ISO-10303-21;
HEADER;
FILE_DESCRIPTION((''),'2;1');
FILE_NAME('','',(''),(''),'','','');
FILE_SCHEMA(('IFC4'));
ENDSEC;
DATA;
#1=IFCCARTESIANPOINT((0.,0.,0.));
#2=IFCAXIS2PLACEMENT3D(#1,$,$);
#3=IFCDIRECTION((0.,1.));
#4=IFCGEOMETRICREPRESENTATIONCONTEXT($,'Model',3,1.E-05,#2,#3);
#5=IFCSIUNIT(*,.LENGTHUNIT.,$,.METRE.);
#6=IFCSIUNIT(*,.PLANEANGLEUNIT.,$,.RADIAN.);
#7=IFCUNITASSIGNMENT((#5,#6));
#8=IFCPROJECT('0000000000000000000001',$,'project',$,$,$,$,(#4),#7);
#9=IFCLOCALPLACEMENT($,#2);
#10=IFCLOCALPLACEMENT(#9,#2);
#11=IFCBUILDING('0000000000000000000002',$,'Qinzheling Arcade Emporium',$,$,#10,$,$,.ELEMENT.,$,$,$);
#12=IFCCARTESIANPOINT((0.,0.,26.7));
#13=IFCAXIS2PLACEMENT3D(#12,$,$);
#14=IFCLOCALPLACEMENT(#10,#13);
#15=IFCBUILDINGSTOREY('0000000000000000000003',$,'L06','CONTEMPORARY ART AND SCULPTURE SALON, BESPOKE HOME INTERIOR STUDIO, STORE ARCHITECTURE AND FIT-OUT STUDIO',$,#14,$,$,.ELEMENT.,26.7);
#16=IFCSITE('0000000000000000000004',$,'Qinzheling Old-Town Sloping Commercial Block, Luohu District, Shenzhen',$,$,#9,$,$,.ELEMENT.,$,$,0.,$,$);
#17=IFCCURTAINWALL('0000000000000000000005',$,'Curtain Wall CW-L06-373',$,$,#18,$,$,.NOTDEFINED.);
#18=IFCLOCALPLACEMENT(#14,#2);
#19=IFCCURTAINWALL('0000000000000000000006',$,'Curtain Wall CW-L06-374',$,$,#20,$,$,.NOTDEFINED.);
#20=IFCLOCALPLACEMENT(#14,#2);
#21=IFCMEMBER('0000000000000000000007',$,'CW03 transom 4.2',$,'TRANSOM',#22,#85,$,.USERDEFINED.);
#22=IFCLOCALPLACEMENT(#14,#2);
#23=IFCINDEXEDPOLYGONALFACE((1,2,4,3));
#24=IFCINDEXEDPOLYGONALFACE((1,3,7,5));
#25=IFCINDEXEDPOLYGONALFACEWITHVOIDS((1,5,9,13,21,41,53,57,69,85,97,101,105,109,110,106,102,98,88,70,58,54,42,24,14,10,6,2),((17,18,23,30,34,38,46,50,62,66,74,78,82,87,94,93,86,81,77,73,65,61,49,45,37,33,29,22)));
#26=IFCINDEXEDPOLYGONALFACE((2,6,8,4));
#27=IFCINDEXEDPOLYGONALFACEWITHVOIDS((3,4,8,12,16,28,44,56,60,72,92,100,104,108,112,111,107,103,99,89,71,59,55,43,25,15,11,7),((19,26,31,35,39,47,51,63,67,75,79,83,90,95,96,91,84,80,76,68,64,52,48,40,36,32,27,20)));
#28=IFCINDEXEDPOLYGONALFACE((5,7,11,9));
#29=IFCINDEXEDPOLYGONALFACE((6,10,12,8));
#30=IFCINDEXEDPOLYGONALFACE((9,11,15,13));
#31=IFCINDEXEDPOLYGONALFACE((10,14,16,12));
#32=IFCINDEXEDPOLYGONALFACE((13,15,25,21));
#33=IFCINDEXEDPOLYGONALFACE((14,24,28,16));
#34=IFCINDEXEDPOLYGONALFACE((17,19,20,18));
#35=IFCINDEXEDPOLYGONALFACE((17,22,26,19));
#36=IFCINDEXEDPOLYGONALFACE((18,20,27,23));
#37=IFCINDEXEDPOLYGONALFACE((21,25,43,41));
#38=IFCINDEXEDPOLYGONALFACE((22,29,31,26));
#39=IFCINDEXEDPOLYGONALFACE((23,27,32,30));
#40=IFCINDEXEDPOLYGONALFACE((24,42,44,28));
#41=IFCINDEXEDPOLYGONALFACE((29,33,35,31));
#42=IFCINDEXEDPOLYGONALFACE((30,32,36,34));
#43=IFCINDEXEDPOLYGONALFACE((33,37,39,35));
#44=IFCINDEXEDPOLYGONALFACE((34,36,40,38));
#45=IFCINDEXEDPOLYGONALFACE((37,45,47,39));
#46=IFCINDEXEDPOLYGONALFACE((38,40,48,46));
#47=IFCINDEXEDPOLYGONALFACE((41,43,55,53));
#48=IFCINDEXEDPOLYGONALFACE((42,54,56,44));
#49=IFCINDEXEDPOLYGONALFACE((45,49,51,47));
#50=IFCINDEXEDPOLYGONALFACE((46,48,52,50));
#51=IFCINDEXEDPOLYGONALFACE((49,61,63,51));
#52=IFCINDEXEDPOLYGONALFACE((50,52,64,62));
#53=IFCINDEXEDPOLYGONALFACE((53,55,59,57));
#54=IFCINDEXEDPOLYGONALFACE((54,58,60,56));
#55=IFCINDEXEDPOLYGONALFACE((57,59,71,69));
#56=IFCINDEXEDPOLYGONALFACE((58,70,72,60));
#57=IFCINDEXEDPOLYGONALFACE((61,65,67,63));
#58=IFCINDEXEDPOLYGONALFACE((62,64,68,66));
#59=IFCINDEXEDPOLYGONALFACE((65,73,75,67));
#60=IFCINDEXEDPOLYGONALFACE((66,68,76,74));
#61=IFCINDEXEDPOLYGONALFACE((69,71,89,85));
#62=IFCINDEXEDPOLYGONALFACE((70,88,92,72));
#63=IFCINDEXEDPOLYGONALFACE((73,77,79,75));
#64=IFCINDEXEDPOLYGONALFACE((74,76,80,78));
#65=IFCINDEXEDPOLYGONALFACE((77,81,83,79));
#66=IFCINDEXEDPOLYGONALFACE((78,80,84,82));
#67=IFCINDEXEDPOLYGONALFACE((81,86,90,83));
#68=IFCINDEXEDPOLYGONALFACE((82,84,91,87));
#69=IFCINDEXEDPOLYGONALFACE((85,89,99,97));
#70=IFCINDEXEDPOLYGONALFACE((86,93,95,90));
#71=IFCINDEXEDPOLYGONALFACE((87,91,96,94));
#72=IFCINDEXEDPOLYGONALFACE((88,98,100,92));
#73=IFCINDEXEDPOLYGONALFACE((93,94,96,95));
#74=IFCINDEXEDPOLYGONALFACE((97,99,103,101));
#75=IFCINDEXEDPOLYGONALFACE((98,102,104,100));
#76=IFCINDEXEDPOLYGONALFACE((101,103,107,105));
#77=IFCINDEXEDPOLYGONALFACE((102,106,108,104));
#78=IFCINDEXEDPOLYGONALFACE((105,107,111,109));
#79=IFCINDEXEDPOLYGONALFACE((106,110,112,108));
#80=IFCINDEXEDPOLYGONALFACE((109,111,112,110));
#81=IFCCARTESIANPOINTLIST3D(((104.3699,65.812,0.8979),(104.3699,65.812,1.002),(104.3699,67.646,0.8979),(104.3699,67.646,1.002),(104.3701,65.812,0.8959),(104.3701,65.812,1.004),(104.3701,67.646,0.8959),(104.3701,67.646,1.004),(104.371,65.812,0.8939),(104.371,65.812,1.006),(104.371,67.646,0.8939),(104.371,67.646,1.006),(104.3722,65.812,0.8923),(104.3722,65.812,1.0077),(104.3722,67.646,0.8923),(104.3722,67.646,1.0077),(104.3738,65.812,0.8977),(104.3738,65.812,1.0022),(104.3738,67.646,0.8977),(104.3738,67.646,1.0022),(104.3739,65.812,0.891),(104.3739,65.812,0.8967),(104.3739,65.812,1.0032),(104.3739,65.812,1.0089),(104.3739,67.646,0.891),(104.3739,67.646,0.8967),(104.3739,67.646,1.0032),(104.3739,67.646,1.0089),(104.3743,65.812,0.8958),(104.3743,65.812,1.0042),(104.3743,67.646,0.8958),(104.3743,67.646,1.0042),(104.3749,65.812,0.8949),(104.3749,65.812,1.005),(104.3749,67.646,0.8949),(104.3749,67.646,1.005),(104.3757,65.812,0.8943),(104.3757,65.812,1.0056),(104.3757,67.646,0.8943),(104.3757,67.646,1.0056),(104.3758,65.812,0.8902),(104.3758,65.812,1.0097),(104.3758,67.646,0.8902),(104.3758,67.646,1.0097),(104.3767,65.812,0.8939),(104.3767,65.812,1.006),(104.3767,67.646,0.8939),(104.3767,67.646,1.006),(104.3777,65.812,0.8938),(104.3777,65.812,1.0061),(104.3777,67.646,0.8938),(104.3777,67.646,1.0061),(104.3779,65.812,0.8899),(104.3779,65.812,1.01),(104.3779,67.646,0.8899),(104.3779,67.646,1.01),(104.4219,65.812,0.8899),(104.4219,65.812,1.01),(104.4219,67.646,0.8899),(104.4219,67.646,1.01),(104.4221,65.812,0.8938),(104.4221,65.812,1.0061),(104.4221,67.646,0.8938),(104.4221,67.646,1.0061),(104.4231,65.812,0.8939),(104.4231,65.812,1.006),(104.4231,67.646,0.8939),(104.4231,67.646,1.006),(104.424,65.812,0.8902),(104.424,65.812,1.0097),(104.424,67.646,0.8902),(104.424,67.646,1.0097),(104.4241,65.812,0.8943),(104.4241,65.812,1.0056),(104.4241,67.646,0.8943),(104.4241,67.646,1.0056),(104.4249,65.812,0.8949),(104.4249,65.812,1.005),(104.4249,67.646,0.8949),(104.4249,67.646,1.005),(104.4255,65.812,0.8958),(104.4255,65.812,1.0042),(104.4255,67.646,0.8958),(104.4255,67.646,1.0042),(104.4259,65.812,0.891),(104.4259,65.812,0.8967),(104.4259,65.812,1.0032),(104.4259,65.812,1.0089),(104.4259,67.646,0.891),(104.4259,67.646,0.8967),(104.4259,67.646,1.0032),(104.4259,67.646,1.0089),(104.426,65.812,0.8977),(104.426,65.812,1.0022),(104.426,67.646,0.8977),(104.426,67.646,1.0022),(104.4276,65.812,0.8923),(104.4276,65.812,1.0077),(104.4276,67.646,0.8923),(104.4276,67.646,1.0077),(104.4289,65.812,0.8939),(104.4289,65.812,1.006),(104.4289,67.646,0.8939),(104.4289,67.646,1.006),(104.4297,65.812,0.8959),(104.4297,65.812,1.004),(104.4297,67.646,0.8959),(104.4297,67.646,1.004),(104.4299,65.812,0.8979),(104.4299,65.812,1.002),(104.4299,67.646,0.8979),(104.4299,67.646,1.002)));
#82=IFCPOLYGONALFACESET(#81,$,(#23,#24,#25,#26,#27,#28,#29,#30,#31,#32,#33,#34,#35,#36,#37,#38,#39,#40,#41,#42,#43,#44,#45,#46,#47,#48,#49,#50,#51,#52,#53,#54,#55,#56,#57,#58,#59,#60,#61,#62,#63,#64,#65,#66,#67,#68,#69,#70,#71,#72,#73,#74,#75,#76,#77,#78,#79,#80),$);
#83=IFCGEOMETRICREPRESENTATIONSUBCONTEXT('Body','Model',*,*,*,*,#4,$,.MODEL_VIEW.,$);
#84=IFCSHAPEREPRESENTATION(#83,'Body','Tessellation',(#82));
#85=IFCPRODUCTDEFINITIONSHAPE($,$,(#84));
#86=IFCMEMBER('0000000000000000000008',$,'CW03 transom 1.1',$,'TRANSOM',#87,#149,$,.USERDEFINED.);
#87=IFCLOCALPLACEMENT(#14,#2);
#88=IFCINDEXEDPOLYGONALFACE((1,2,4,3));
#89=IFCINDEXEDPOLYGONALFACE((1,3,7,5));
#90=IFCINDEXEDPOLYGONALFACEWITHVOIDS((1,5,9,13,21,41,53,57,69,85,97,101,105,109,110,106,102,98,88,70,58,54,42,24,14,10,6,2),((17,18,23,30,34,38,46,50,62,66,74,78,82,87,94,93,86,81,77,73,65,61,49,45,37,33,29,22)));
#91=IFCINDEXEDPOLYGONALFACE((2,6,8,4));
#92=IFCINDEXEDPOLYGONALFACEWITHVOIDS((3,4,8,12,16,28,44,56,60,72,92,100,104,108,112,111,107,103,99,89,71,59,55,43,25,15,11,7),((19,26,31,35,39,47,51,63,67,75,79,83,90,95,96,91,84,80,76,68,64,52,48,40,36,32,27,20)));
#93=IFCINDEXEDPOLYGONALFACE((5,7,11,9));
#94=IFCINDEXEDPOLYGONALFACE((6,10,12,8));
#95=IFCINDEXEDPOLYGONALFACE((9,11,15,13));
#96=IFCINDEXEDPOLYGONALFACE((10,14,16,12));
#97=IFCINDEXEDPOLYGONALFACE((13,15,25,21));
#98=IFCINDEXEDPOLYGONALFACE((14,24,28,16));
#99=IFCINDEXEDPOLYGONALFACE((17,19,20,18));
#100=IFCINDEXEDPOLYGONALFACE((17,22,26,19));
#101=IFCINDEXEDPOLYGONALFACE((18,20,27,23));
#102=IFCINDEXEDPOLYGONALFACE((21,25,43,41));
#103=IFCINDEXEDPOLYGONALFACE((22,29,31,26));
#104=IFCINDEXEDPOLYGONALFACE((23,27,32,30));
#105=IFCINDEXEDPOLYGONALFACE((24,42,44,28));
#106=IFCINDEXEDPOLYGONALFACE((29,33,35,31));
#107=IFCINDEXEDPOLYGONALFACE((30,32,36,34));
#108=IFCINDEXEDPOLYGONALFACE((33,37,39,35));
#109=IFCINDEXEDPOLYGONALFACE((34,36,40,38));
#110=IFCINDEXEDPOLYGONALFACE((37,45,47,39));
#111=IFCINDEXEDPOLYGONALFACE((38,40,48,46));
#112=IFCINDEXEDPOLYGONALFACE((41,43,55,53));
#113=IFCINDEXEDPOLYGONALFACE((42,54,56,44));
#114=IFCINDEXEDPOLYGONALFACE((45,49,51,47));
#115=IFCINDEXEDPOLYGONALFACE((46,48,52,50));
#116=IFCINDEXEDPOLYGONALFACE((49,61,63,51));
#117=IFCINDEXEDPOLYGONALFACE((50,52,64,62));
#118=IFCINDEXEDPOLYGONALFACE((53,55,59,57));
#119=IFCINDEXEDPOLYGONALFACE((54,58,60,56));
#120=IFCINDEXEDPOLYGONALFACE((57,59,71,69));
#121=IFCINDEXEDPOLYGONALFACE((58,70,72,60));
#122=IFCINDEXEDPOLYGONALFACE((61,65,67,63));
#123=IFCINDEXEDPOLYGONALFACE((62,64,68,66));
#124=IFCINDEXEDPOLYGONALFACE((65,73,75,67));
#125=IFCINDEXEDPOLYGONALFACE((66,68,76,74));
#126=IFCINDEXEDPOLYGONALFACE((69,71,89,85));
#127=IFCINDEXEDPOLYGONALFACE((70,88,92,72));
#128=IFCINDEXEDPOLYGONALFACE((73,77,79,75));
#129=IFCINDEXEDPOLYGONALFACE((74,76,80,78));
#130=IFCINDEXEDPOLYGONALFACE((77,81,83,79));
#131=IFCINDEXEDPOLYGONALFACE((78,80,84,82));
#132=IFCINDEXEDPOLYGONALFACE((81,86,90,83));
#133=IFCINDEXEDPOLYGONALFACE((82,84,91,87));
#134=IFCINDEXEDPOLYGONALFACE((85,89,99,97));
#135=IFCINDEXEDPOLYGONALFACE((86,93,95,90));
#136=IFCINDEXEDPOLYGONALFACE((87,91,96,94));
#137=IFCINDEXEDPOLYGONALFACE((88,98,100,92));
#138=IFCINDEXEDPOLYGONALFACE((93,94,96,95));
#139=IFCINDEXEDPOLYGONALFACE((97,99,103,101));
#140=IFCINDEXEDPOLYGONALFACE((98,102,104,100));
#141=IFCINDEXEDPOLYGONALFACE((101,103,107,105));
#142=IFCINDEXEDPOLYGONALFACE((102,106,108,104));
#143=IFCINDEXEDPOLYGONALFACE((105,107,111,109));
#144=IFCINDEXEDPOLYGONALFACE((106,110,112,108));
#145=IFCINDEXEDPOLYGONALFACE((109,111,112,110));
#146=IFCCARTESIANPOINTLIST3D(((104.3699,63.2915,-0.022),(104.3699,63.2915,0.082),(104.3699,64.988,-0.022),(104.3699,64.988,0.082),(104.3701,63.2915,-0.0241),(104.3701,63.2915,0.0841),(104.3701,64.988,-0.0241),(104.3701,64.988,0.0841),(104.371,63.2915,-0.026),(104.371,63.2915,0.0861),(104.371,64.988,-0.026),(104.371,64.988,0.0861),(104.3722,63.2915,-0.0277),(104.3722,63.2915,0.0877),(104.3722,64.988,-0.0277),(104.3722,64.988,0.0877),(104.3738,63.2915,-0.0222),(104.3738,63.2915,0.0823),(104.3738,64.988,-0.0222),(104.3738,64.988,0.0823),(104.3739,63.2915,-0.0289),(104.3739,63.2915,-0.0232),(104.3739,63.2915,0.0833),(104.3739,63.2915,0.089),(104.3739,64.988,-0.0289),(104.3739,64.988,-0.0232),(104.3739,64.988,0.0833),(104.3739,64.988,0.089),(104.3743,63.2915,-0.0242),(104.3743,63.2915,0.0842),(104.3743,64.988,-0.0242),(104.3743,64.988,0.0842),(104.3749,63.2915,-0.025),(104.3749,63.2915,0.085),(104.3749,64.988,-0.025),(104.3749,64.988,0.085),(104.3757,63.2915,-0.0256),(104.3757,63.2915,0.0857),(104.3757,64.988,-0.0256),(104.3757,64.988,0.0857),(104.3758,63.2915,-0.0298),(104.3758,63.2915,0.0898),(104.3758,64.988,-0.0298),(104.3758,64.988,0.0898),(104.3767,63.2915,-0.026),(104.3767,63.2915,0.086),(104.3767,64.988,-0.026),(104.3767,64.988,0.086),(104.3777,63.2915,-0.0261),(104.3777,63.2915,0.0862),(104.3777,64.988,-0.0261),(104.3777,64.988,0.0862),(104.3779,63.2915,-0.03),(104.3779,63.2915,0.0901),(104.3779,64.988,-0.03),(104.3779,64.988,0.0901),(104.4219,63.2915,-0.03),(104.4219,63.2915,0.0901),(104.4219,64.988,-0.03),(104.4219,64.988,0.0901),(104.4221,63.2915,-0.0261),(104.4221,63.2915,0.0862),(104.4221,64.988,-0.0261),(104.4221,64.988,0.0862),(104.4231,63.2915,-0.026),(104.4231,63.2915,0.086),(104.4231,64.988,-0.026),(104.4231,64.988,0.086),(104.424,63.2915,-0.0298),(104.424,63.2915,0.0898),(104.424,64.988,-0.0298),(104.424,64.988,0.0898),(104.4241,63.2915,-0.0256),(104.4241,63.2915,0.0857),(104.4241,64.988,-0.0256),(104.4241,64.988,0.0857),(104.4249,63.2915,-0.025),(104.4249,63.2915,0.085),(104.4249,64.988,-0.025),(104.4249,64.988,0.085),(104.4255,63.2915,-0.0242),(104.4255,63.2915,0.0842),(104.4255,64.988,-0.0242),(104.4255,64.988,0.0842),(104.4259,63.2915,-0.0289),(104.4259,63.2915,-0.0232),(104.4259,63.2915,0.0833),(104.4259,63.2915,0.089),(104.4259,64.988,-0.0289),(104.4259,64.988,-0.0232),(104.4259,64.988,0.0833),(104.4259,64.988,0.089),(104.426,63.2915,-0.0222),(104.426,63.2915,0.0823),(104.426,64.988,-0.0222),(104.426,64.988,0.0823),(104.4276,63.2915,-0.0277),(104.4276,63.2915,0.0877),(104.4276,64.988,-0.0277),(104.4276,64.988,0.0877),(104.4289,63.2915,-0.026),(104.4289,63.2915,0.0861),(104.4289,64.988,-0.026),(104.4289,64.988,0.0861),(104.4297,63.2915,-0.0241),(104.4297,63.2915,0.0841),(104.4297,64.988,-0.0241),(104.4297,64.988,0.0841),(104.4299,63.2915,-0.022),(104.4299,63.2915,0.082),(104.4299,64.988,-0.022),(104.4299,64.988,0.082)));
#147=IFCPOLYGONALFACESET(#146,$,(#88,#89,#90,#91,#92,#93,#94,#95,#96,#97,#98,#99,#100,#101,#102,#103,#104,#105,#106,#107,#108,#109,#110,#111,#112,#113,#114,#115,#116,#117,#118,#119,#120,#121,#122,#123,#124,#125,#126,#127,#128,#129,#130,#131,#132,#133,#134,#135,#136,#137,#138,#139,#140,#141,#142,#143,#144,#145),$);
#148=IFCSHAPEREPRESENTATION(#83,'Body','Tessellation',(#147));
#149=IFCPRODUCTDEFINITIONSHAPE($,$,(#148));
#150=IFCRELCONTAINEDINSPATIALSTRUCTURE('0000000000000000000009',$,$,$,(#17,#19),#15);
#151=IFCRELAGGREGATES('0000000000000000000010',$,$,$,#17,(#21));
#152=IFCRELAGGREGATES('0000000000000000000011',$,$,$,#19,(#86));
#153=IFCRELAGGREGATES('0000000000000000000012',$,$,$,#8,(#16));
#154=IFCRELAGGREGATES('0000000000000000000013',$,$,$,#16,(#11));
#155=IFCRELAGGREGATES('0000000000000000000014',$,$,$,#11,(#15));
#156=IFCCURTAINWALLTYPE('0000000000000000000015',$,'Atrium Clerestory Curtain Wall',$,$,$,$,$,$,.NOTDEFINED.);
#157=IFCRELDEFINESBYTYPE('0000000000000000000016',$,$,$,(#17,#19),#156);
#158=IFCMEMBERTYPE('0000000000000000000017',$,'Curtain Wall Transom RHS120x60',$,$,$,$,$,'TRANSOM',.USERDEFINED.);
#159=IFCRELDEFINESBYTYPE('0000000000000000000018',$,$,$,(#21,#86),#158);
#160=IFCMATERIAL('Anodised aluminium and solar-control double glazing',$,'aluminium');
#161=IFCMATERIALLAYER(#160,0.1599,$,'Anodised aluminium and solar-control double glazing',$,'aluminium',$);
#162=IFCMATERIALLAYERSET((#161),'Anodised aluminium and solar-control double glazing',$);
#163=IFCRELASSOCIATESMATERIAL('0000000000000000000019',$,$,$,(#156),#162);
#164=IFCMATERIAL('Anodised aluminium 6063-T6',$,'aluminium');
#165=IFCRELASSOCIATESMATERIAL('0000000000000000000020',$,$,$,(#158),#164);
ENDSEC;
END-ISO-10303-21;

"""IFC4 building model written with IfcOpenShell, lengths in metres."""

from ifc_helpers import new_model, si_unit, direction, frame, origin, origin_2d, place, context, subcontext, project, spatial, hollow_rectangle, extrude, material, layer, layer_set, material_profile, profile_set, type_object, element, aggregate, save


model = new_model("IFC4")

# Units and contexts
model_context = context("Model", 3, precision=1e-05, world=origin(), true_north=direction((0.0, 1.0)))
body_context = subcontext(model_context, "Body", "Model", "MODEL_VIEW")
ifc_project = project(units=[si_unit("LENGTHUNIT", "METRE"), si_unit("PLANEANGLEUNIT", "RADIAN")], contexts=[model_context])

# Site, building, storey
site_placement = place(None, origin())
site = spatial("IfcSite", under=ifc_project, at=site_placement, Name="Qinzheling Old-Town Sloping Commercial Block, Luohu District, Shenzhen", CompositionType="ELEMENT", RefElevation=0.0)
building_placement = place(site_placement, origin())
building = spatial("IfcBuilding", under=site, at=building_placement, Name="Qinzheling Arcade Emporium", CompositionType="ELEMENT")
storey_placement = place(building_placement, frame((0.0, 0.0, 26.7)))
storey = spatial("IfcBuildingStorey", under=building, at=storey_placement, Name="L06", Description="CONTEMPORARY ART AND SCULPTURE SALON, BESPOKE HOME INTERIOR STUDIO, STORE ARCHITECTURE AND FIT-OUT STUDIO", CompositionType="ELEMENT", Elevation=26.7)

# Curtain wall
ifc_material_1 = material(Name="Anodised aluminium and solar-control double glazing", Category="aluminium")
ifc_layer_1 = layer(ifc_material_1, 0.1599, Name="Anodised aluminium and solar-control double glazing", Category="aluminium")
ifc_layer_set_1 = layer_set([ifc_layer_1], Name="Anodised aluminium and solar-control double glazing")
curtain_wall_type = type_object("IfcCurtainWallType", Name="Atrium Clerestory Curtain Wall", PredefinedType="NOTDEFINED", material=ifc_layer_set_1)
curtain_wall_1_placement = place(storey_placement, origin())
curtain_wall_1 = element("IfcCurtainWall", 1, at=curtain_wall_1_placement, inside=storey, type_object=curtain_wall_type, Name="Curtain Wall CW-L06-373", PredefinedType="NOTDEFINED")
ifc_material_2 = material(Name="Anodised aluminium 6063-T6", Category="aluminium")

# Curtain wall
curtain_wall_2_placement = place(storey_placement, origin())
curtain_wall_2 = element("IfcCurtainWall", 2, at=curtain_wall_2_placement, inside=storey, type_object=curtain_wall_type, Name="Curtain Wall CW-L06-374", PredefinedType="NOTDEFINED")

# Members
ifc_material_profile_1 = material_profile(ifc_material_2, hollow_rectangle(XDim=0.0601, YDim=0.1201, WallThickness=0.0039, InnerFilletRadius=0.0039, OuterFilletRadius=0.0081, at=origin_2d()), Name="RHS 120x60x4", Category="aluminium")
ifc_profile_set_1 = profile_set([ifc_material_profile_1], Name="Anodised aluminium 6063-T6")
member_type_1 = type_object("IfcMemberType", Name="Curtain Wall Transom RHS120x60", ElementType="TRANSOM", PredefinedType="USERDEFINED", material=ifc_profile_set_1)
member_1_placement = place(storey_placement, frame((104.3999, 67.646, 0.95), z_axis=(0.0, -1.0, 0.0), x_axis=(1.0, 0.0, 0.0)))
member_1 = element("IfcMember", 3, at=member_1_placement, type_object=member_type_1, Name="CW03 transom 4.2", ObjectType="TRANSOM", PredefinedType="USERDEFINED", context=body_context, shape_type="SweptSolid", body=[
    extrude(hollow_rectangle(XDim=0.0601, YDim=0.1201, WallThickness=0.0039, InnerFilletRadius=0.0039, OuterFilletRadius=0.0081, at=origin_2d()), origin(), (0.0, 0.0, 1.0), 1.834),
])
member_2_placement = place(storey_placement, frame((104.3999, 64.988, 0.03), z_axis=(0.0, -1.0, 0.0), x_axis=(1.0, 0.0, 0.0)))
member_2 = element("IfcMember", 4, at=member_2_placement, type_object=member_type_1, Name="CW03 transom 1.1", ObjectType="TRANSOM", PredefinedType="USERDEFINED", context=body_context, shape_type="SweptSolid", body=[
    extrude(hollow_rectangle(XDim=0.0601, YDim=0.1201, WallThickness=0.0039, InnerFilletRadius=0.0039, OuterFilletRadius=0.0081, at=origin_2d()), origin(), (0.0, 0.0, 1.0), 1.6965),
])

aggregate(curtain_wall_1, [member_1])
aggregate(curtain_wall_2, [member_2])

save(model, "model.ifc")
